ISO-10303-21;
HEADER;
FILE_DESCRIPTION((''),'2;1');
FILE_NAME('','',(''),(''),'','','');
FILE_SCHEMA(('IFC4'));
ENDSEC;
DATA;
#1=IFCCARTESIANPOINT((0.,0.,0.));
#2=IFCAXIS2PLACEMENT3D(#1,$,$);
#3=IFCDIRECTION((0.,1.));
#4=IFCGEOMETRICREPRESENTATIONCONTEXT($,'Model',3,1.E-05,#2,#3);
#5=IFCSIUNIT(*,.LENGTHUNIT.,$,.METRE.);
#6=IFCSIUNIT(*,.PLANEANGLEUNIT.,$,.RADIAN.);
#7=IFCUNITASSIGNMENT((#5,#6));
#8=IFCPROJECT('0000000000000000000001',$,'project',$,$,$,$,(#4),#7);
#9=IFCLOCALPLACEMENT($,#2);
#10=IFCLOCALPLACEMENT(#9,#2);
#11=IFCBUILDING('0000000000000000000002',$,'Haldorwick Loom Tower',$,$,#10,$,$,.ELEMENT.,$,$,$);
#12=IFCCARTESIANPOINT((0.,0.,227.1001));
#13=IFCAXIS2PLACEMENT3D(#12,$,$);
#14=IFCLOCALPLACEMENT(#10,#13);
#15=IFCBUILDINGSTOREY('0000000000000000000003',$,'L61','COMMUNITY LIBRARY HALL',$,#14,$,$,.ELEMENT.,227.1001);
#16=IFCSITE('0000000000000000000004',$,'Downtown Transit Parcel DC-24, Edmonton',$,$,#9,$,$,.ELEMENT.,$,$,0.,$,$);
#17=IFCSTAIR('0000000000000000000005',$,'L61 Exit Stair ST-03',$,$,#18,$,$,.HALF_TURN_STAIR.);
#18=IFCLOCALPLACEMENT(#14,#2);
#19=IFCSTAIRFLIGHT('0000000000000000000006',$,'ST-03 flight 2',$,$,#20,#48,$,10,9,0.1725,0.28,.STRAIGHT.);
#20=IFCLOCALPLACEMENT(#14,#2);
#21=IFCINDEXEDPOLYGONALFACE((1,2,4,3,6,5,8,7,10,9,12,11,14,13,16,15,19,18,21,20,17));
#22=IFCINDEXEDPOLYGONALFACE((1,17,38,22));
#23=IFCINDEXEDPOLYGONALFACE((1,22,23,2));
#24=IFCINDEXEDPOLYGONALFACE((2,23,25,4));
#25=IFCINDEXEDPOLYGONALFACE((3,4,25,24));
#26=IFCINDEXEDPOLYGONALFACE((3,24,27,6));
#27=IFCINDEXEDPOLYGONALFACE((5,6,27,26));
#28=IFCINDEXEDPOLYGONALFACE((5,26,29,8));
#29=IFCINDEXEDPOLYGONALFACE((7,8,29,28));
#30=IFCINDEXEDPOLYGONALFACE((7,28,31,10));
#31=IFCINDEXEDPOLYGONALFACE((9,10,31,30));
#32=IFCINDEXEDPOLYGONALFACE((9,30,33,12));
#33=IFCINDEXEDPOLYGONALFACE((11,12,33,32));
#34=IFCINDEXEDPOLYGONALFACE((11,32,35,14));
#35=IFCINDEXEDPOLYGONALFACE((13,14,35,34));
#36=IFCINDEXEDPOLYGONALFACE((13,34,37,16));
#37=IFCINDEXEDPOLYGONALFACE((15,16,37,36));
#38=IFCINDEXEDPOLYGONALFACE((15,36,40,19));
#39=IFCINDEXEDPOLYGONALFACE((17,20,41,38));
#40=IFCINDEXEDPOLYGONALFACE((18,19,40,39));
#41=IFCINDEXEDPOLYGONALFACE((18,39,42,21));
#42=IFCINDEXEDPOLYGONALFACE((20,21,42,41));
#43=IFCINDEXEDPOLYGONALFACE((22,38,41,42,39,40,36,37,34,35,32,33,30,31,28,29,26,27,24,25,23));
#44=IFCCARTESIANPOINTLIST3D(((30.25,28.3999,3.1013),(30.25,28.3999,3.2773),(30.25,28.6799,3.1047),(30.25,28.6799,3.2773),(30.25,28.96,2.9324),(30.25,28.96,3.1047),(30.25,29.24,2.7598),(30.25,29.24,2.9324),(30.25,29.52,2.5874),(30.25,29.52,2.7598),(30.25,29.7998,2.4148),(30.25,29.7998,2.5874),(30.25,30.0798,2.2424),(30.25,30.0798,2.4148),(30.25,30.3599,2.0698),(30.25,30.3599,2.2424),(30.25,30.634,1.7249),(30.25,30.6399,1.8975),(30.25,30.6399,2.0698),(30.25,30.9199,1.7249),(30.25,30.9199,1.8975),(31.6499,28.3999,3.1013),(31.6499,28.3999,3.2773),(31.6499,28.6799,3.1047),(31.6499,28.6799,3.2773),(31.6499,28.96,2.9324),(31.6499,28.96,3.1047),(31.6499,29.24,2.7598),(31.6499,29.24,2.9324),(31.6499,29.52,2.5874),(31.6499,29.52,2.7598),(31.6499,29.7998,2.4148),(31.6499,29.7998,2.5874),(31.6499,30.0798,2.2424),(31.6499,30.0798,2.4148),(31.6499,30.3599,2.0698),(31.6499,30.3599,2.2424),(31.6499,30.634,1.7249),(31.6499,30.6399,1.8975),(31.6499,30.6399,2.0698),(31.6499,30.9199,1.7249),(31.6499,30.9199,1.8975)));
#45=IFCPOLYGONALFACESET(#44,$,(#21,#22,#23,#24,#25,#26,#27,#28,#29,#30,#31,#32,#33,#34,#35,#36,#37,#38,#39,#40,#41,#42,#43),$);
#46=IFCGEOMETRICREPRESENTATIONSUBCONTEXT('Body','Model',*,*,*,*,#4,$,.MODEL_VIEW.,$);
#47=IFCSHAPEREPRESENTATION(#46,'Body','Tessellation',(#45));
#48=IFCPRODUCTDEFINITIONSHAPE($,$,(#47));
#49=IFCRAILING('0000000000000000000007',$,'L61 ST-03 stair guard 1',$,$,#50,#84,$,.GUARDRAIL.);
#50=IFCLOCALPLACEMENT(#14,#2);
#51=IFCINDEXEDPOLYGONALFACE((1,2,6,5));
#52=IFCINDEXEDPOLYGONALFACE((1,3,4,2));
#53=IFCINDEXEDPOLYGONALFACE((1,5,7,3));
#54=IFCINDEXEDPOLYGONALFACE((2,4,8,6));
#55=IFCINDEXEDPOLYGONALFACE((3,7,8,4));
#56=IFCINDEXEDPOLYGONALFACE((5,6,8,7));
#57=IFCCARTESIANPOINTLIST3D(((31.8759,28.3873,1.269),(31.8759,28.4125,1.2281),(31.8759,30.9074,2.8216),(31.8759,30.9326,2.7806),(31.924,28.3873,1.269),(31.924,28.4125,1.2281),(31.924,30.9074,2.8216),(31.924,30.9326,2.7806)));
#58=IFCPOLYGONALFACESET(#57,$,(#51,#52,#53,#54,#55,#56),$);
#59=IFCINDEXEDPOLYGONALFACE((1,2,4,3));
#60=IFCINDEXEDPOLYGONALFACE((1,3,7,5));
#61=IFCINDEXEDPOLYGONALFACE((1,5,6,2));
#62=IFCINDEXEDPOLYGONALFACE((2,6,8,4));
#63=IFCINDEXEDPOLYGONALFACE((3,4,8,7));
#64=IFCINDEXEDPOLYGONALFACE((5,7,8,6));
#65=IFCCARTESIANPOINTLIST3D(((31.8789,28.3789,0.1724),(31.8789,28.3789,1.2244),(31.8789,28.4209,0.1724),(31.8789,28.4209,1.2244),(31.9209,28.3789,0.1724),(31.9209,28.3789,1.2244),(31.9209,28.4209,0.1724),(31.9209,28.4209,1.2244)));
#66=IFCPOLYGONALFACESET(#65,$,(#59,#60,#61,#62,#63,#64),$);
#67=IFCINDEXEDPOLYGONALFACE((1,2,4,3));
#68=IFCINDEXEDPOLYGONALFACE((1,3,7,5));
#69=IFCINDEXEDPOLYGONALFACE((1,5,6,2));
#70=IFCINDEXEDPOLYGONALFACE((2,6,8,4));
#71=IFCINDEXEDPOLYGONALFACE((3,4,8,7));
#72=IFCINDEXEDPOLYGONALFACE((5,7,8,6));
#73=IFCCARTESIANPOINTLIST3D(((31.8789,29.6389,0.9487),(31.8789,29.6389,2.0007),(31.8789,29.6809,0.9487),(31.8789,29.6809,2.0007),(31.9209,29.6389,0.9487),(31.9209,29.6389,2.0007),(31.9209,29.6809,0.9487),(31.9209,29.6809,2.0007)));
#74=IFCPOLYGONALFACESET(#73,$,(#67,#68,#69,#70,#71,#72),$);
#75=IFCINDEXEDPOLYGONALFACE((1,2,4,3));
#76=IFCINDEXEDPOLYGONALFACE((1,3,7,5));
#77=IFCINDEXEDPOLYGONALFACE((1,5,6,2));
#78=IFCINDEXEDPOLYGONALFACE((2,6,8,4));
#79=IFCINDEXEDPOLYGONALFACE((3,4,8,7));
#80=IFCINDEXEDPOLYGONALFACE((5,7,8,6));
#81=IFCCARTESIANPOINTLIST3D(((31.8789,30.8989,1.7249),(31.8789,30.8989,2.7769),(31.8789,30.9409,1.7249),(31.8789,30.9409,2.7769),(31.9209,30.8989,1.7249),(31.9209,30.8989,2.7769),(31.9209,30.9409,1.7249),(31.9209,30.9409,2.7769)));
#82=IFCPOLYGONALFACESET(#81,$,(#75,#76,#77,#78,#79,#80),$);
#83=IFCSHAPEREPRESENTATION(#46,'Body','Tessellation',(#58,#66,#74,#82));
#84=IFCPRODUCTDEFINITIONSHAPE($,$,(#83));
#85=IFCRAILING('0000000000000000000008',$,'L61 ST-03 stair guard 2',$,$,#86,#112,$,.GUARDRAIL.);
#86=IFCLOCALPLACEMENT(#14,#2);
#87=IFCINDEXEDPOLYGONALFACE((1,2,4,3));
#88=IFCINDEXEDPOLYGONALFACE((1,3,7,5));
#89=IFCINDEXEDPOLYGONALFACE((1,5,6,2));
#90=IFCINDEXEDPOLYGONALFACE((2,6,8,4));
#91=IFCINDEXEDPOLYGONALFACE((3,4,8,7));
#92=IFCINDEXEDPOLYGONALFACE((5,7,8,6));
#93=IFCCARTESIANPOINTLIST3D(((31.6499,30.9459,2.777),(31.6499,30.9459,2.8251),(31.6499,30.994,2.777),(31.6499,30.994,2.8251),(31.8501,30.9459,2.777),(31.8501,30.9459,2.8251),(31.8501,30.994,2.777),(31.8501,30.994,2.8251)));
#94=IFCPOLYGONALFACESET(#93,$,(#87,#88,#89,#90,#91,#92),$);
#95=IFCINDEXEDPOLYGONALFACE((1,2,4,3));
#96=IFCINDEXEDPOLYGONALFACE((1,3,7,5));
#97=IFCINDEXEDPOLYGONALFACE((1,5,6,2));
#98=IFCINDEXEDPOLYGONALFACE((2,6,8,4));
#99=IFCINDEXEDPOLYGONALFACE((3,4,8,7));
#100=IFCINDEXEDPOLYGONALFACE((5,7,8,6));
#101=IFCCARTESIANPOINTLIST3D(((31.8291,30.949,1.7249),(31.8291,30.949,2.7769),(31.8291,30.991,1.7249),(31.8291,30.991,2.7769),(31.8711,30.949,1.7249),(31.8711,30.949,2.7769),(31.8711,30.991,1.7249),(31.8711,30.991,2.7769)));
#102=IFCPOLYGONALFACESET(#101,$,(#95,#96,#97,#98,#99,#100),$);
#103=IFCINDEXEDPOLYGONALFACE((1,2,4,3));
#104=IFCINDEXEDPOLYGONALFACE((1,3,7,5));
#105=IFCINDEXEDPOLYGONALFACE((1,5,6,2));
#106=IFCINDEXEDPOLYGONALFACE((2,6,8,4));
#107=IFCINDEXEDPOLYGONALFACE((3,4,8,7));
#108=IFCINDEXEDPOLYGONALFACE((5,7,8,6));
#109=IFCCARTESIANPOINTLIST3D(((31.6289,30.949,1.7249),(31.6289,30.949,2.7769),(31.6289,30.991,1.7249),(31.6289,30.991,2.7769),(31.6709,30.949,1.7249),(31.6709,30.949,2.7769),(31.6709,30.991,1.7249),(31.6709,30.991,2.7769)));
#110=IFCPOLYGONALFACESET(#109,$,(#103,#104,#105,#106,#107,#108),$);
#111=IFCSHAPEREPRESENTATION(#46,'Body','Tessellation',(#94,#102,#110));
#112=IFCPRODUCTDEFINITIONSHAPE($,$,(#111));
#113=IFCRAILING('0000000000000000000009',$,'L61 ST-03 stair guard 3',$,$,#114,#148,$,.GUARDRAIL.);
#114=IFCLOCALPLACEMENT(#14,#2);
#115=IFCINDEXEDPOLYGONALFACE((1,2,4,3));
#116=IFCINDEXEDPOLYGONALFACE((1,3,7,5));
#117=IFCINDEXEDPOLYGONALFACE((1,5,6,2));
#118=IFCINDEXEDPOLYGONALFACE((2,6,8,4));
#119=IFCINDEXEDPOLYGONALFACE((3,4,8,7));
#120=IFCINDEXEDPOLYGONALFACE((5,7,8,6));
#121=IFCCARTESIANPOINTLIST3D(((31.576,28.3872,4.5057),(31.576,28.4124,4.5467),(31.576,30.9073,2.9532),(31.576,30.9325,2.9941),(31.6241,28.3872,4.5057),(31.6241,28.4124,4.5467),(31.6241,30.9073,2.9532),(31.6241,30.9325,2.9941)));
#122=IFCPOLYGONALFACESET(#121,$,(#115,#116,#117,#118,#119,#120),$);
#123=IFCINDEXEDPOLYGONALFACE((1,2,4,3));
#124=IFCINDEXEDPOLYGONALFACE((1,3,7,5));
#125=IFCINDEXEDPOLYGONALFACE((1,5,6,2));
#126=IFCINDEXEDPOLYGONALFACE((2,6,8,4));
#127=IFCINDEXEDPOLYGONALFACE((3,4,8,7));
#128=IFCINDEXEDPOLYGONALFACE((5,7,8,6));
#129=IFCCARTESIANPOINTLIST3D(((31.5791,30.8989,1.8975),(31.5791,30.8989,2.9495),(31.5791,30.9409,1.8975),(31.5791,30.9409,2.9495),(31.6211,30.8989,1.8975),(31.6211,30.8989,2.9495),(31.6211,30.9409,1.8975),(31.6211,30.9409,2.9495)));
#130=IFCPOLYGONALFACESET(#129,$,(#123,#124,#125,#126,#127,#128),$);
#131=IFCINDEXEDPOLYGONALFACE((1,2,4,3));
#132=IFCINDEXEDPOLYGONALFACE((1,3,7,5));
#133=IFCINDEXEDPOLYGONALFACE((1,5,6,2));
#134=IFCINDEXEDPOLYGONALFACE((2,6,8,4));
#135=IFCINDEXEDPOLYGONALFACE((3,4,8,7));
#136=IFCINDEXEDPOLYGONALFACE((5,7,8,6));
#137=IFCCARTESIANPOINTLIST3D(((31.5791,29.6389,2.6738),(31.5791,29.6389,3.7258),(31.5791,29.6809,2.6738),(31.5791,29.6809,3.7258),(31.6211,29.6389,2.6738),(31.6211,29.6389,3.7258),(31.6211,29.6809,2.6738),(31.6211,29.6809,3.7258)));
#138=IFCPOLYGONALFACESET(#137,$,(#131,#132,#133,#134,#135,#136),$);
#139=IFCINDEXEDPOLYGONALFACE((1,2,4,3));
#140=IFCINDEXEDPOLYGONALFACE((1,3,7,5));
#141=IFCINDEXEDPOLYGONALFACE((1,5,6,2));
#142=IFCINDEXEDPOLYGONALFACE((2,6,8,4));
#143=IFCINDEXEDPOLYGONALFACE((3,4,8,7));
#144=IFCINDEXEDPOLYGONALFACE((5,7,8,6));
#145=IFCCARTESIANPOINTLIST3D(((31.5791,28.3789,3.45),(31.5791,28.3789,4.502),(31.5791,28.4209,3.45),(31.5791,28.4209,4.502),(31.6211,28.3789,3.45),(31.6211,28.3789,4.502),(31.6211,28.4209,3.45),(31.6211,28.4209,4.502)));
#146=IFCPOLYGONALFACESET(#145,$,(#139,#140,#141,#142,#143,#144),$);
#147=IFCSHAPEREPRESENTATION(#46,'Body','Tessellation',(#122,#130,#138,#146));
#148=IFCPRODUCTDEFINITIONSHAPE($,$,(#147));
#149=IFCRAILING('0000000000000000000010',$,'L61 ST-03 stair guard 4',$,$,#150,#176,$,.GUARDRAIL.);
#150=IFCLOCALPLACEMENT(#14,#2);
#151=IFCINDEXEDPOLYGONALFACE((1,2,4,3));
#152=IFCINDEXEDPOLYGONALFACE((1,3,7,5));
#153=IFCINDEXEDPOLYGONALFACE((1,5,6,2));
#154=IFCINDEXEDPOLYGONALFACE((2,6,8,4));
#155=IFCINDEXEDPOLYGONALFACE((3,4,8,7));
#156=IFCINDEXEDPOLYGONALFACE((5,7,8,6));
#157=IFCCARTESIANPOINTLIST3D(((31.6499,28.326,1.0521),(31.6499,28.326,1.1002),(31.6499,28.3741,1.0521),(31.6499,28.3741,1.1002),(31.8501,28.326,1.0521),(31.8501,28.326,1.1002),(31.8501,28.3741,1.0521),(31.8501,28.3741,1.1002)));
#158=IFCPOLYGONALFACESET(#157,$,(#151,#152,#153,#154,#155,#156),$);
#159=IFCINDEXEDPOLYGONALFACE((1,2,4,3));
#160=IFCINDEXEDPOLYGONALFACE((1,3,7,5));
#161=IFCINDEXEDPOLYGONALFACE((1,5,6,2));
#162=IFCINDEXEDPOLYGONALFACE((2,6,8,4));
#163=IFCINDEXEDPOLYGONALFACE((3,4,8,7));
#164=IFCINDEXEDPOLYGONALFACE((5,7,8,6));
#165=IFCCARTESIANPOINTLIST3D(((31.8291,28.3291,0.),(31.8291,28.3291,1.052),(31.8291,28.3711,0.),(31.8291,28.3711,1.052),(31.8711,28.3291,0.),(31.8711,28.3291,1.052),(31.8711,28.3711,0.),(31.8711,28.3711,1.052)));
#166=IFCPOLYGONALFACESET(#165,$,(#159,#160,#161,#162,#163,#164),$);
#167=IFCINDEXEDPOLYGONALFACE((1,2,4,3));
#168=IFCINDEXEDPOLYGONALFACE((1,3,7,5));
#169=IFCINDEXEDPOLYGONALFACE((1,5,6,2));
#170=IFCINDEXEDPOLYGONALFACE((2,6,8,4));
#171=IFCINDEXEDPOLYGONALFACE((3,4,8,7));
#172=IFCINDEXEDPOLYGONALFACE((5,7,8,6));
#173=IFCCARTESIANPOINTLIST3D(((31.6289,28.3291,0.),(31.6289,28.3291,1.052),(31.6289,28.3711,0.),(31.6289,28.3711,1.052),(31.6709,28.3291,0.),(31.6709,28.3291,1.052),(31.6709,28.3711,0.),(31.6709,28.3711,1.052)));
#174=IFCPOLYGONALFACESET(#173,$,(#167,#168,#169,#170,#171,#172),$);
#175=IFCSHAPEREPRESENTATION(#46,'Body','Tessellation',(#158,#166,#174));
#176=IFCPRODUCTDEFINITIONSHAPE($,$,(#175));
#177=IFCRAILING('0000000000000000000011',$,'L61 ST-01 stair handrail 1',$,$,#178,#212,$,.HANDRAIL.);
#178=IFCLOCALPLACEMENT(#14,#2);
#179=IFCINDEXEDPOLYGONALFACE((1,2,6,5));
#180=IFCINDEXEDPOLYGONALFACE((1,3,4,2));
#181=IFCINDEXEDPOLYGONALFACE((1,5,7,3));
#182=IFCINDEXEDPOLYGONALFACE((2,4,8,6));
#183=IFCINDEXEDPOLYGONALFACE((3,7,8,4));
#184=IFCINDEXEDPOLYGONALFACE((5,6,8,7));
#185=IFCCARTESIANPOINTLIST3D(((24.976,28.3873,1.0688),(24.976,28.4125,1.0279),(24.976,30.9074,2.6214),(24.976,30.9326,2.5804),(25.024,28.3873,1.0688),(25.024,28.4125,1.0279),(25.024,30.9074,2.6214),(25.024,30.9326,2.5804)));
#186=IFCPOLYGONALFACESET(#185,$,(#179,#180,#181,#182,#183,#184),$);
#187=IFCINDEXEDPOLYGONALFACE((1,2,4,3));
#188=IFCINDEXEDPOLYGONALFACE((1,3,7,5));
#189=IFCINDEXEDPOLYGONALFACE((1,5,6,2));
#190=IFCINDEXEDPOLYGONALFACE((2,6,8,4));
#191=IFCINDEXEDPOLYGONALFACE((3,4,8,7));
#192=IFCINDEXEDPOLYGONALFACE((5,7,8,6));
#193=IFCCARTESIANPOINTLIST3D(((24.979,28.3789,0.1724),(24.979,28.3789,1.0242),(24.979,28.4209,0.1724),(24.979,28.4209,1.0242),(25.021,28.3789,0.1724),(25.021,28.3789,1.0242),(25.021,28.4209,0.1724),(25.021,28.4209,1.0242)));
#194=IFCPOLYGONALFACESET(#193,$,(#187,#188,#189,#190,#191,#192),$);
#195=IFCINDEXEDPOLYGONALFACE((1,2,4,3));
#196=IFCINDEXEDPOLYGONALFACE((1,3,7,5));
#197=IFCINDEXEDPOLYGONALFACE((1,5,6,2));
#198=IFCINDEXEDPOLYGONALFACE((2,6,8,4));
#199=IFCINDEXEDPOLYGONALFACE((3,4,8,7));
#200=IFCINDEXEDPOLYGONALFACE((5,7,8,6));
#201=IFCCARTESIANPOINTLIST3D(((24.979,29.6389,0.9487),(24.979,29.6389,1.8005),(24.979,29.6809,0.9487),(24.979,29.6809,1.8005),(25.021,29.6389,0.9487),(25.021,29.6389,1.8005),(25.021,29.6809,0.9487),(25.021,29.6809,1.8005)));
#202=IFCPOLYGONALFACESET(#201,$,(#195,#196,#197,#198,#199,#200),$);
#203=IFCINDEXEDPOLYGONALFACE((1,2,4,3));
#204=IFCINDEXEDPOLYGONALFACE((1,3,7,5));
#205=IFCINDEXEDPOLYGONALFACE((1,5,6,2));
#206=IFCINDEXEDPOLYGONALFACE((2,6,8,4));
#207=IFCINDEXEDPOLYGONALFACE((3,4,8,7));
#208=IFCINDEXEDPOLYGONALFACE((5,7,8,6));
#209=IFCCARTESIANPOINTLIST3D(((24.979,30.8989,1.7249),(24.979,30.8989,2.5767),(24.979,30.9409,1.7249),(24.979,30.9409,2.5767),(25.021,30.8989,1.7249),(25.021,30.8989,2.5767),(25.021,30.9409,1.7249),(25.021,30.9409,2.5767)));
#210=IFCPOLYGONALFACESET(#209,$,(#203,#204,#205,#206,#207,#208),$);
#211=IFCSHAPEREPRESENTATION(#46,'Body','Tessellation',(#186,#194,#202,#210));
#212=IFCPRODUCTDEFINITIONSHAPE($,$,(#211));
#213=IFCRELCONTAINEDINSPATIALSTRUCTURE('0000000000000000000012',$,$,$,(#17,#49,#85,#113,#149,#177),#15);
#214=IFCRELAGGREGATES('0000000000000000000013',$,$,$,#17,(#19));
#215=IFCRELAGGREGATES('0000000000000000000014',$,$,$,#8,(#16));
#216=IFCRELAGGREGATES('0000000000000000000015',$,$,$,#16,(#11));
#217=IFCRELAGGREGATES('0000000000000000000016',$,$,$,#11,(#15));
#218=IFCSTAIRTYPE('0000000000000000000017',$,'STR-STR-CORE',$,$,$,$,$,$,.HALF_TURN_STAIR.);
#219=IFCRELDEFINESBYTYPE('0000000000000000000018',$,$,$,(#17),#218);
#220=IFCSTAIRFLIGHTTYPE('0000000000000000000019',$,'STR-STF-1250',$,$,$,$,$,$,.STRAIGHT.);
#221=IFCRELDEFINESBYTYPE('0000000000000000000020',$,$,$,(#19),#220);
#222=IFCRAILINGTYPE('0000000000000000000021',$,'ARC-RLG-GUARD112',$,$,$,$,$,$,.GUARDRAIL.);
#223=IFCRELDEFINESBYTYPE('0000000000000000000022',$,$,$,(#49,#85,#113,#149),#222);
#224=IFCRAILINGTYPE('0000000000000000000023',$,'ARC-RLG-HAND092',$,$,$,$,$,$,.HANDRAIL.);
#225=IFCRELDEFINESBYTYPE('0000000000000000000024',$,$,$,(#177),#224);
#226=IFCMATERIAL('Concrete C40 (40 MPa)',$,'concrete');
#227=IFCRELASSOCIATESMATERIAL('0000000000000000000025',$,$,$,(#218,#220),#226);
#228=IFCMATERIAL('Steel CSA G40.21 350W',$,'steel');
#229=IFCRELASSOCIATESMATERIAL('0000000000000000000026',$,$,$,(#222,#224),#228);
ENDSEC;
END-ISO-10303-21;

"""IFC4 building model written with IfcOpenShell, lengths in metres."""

from ifc_helpers import new_model, si_unit, direction, frame, origin, origin_2d, place, context, subcontext, project, spatial, polyline, rectangle, outline, extrude, material, type_object, element, aggregate, save


model = new_model("IFC4")

# Units and contexts
model_context = context("Model", 3, precision=1e-05, world=origin(), true_north=direction((0.0, 1.0)))
body_context = subcontext(model_context, "Body", "Model", "MODEL_VIEW")
ifc_project = project(units=[si_unit("LENGTHUNIT", "METRE"), si_unit("PLANEANGLEUNIT", "RADIAN")], contexts=[model_context])

# Site, building, storey
site_placement = place(None, origin())
site = spatial("IfcSite", under=ifc_project, at=site_placement, Name="Downtown Transit Parcel DC-24, Edmonton", CompositionType="ELEMENT", RefElevation=0.0)
building_placement = place(site_placement, origin())
building = spatial("IfcBuilding", under=site, at=building_placement, Name="Haldorwick Loom Tower", CompositionType="ELEMENT")
storey_placement = place(building_placement, frame((0.0, 0.0, 227.1001)))
storey = spatial("IfcBuildingStorey", under=building, at=storey_placement, Name="L61", Description="COMMUNITY LIBRARY HALL", CompositionType="ELEMENT", Elevation=227.1001)

# Shared definitions
ifc_material_1 = material(Name="Steel CSA G40.21 350W", Category="steel")

# Stair, stair flight
ifc_material_2 = material(Name="Concrete C40 (40 MPa)", Category="concrete")
stair_type = type_object("IfcStairType", Name="STR-STR-CORE", PredefinedType="HALF_TURN_STAIR", material=ifc_material_2)
stair_placement = place(storey_placement, origin())
stair = element("IfcStair", 1, at=stair_placement, inside=storey, type_object=stair_type, Name="L61 Exit Stair ST-03", PredefinedType="HALF_TURN_STAIR")
stair_flight_type = type_object("IfcStairFlightType", Name="STR-STF-1250", PredefinedType="STRAIGHT", material=ifc_material_2)
stair_flight_1_placement = place(storey_placement, frame((30.95, 30.9199, 1.7249), z_axis=(0.0, 0.0, 1.0), x_axis=(0.0, -1.0, 0.0)))
stair_flight_1 = element("IfcStairFlight", 2, at=stair_flight_1_placement, type_object=stair_flight_type, Name="ST-03 flight 2", NumberOfRisers=10, NumberOfTreads=9, PredefinedType="STRAIGHT", RiserHeight=0.1725, TreadLength=0.28, context=body_context, shape_type="SweptSolid", body=[
    extrude(outline(polyline([(0.0, 0.0), (0.0, 0.1726), (0.28, 0.1726), (0.28, 0.345), (0.5601, 0.345), (0.5601, 0.5176), (0.8401, 0.5176), (0.8401, 0.6899), (1.1201, 0.6899), (1.1201, 0.8625), (1.3999, 0.8625), (1.3999, 1.0349), (1.6799, 1.0349), (1.6799, 1.2075), (1.96, 1.2075), (1.96, 1.3799), (2.24, 1.3799), (2.24, 1.5525), (2.52, 1.5525), (2.52, 1.7251), (2.52, 1.3765), (0.2859, 0.0), (0.0, 0.0)])), frame((0.0, 0.7, 0.0), z_axis=(0.0, -1.0, 0.0), x_axis=(1.0, 0.0, 0.0)), (0.0, 0.0, 1.0), 1.3999),
])
aggregate(stair, [stair_flight_1])

# Railings
railing_type_1 = type_object("IfcRailingType", Name="ARC-RLG-GUARD112", PredefinedType="GUARDRAIL", material=ifc_material_1)
railing_1_placement = place(storey_placement, frame((31.8999, 28.3999, 0.1724)))
element("IfcRailing", 3, at=railing_1_placement, inside=storey, type_object=railing_type_1, Name="L61 ST-03 stair guard 1", PredefinedType="GUARDRAIL", context=body_context, shape_type="SweptSolid", body=[
    extrude(rectangle(XDim=0.0481, YDim=0.0481, at=origin_2d()), frame((0.0, 0.0, 1.0762), z_axis=(0.0, 0.8514, 0.524516), x_axis=(-1.0, 0.0, 0.0)), (0.0, 0.0, 1.0), 2.96),
    extrude(rectangle(XDim=0.042, YDim=0.042, at=origin_2d()), origin(), (0.0, 0.0, 1.0), 1.052),
    extrude(rectangle(XDim=0.042, YDim=0.042, at=origin_2d()), frame((0.0, 1.26, 0.7764)), (0.0, 0.0, 1.0), 1.052),
    extrude(rectangle(XDim=0.042, YDim=0.042, at=origin_2d()), frame((0.0, 2.52, 1.5525)), (0.0, 0.0, 1.0), 1.052),
])
railing_2_placement = place(storey_placement, frame((31.8501, 30.97, 1.7249)))
element("IfcRailing", 4, at=railing_2_placement, inside=storey, type_object=railing_type_1, Name="L61 ST-03 stair guard 2", PredefinedType="GUARDRAIL", context=body_context, shape_type="SweptSolid", body=[
    extrude(rectangle(XDim=0.0481, YDim=0.0481, at=origin_2d()), frame((0.0, 0.0, 1.0762), z_axis=(-1.0, 0.0, 0.0), x_axis=(0.0, -1.0, 0.0)), (0.0, 0.0, 1.0), 0.2002),
    extrude(rectangle(XDim=0.042, YDim=0.042, at=origin_2d()), origin(), (0.0, 0.0, 1.0), 1.052),
    extrude(rectangle(XDim=0.042, YDim=0.042, at=origin_2d()), frame((-0.2002, 0.0, 0.0)), (0.0, 0.0, 1.0), 1.052),
])
railing_3_placement = place(storey_placement, frame((31.6001, 30.9199, 1.8975)))
element("IfcRailing", 5, at=railing_3_placement, inside=storey, type_object=railing_type_1, Name="L61 ST-03 stair guard 3", PredefinedType="GUARDRAIL", context=body_context, shape_type="SweptSolid", body=[
    extrude(rectangle(XDim=0.0481, YDim=0.0481, at=origin_2d()), frame((0.0, 0.0, 1.0762), z_axis=(0.0, -0.8514, 0.524516), x_axis=(1.0, 0.0, 0.0)), (0.0, 0.0, 1.0), 2.96),
    extrude(rectangle(XDim=0.042, YDim=0.042, at=origin_2d()), origin(), (0.0, 0.0, 1.0), 1.052),
    extrude(rectangle(XDim=0.042, YDim=0.042, at=origin_2d()), frame((0.0, -1.26, 0.7764)), (0.0, 0.0, 1.0), 1.052),
    extrude(rectangle(XDim=0.042, YDim=0.042, at=origin_2d()), frame((0.0, -2.52, 1.5525)), (0.0, 0.0, 1.0), 1.052),
])
railing_4_placement = place(storey_placement, frame((31.8501, 28.3501, 0.0)))
element("IfcRailing", 6, at=railing_4_placement, inside=storey, type_object=railing_type_1, Name="L61 ST-03 stair guard 4", PredefinedType="GUARDRAIL", context=body_context, shape_type="SweptSolid", body=[
    extrude(rectangle(XDim=0.0481, YDim=0.0481, at=origin_2d()), frame((0.0, 0.0, 1.0762), z_axis=(-1.0, 0.0, 0.0), x_axis=(0.0, -1.0, 0.0)), (0.0, 0.0, 1.0), 0.2002),
    extrude(rectangle(XDim=0.042, YDim=0.042, at=origin_2d()), origin(), (0.0, 0.0, 1.0), 1.052),
    extrude(rectangle(XDim=0.042, YDim=0.042, at=origin_2d()), frame((-0.2002, 0.0, 0.0)), (0.0, 0.0, 1.0), 1.052),
])
railing_type_2 = type_object("IfcRailingType", Name="ARC-RLG-HAND092", PredefinedType="HANDRAIL", material=ifc_material_1)
for number, where, name in (
    (7, (25.0, 28.3999, 0.1724), "L61 ST-01 stair handrail 1"),
):
    element("IfcRailing", number, at=place(storey_placement, frame(where)), inside=storey, type_object=railing_type_2, Name=name, PredefinedType="HANDRAIL", context=body_context, shape_type="SweptSolid", body=[
        extrude(rectangle(XDim=0.0481, YDim=0.0481, at=origin_2d()), frame((0.0, 0.0, 0.876), z_axis=(0.0, 0.8514, 0.524516), x_axis=(-1.0, 0.0, 0.0)), (0.0, 0.0, 1.0), 2.96),
        extrude(rectangle(XDim=0.042, YDim=0.042, at=origin_2d()), origin(), (0.0, 0.0, 1.0), 0.8518),
        extrude(rectangle(XDim=0.042, YDim=0.042, at=origin_2d()), frame((0.0, 1.26, 0.7764)), (0.0, 0.0, 1.0), 0.8518),
        extrude(rectangle(XDim=0.042, YDim=0.042, at=origin_2d()), frame((0.0, 2.52, 1.5525)), (0.0, 0.0, 1.0), 0.8518),
    ])

save(model, "model.ifc")
